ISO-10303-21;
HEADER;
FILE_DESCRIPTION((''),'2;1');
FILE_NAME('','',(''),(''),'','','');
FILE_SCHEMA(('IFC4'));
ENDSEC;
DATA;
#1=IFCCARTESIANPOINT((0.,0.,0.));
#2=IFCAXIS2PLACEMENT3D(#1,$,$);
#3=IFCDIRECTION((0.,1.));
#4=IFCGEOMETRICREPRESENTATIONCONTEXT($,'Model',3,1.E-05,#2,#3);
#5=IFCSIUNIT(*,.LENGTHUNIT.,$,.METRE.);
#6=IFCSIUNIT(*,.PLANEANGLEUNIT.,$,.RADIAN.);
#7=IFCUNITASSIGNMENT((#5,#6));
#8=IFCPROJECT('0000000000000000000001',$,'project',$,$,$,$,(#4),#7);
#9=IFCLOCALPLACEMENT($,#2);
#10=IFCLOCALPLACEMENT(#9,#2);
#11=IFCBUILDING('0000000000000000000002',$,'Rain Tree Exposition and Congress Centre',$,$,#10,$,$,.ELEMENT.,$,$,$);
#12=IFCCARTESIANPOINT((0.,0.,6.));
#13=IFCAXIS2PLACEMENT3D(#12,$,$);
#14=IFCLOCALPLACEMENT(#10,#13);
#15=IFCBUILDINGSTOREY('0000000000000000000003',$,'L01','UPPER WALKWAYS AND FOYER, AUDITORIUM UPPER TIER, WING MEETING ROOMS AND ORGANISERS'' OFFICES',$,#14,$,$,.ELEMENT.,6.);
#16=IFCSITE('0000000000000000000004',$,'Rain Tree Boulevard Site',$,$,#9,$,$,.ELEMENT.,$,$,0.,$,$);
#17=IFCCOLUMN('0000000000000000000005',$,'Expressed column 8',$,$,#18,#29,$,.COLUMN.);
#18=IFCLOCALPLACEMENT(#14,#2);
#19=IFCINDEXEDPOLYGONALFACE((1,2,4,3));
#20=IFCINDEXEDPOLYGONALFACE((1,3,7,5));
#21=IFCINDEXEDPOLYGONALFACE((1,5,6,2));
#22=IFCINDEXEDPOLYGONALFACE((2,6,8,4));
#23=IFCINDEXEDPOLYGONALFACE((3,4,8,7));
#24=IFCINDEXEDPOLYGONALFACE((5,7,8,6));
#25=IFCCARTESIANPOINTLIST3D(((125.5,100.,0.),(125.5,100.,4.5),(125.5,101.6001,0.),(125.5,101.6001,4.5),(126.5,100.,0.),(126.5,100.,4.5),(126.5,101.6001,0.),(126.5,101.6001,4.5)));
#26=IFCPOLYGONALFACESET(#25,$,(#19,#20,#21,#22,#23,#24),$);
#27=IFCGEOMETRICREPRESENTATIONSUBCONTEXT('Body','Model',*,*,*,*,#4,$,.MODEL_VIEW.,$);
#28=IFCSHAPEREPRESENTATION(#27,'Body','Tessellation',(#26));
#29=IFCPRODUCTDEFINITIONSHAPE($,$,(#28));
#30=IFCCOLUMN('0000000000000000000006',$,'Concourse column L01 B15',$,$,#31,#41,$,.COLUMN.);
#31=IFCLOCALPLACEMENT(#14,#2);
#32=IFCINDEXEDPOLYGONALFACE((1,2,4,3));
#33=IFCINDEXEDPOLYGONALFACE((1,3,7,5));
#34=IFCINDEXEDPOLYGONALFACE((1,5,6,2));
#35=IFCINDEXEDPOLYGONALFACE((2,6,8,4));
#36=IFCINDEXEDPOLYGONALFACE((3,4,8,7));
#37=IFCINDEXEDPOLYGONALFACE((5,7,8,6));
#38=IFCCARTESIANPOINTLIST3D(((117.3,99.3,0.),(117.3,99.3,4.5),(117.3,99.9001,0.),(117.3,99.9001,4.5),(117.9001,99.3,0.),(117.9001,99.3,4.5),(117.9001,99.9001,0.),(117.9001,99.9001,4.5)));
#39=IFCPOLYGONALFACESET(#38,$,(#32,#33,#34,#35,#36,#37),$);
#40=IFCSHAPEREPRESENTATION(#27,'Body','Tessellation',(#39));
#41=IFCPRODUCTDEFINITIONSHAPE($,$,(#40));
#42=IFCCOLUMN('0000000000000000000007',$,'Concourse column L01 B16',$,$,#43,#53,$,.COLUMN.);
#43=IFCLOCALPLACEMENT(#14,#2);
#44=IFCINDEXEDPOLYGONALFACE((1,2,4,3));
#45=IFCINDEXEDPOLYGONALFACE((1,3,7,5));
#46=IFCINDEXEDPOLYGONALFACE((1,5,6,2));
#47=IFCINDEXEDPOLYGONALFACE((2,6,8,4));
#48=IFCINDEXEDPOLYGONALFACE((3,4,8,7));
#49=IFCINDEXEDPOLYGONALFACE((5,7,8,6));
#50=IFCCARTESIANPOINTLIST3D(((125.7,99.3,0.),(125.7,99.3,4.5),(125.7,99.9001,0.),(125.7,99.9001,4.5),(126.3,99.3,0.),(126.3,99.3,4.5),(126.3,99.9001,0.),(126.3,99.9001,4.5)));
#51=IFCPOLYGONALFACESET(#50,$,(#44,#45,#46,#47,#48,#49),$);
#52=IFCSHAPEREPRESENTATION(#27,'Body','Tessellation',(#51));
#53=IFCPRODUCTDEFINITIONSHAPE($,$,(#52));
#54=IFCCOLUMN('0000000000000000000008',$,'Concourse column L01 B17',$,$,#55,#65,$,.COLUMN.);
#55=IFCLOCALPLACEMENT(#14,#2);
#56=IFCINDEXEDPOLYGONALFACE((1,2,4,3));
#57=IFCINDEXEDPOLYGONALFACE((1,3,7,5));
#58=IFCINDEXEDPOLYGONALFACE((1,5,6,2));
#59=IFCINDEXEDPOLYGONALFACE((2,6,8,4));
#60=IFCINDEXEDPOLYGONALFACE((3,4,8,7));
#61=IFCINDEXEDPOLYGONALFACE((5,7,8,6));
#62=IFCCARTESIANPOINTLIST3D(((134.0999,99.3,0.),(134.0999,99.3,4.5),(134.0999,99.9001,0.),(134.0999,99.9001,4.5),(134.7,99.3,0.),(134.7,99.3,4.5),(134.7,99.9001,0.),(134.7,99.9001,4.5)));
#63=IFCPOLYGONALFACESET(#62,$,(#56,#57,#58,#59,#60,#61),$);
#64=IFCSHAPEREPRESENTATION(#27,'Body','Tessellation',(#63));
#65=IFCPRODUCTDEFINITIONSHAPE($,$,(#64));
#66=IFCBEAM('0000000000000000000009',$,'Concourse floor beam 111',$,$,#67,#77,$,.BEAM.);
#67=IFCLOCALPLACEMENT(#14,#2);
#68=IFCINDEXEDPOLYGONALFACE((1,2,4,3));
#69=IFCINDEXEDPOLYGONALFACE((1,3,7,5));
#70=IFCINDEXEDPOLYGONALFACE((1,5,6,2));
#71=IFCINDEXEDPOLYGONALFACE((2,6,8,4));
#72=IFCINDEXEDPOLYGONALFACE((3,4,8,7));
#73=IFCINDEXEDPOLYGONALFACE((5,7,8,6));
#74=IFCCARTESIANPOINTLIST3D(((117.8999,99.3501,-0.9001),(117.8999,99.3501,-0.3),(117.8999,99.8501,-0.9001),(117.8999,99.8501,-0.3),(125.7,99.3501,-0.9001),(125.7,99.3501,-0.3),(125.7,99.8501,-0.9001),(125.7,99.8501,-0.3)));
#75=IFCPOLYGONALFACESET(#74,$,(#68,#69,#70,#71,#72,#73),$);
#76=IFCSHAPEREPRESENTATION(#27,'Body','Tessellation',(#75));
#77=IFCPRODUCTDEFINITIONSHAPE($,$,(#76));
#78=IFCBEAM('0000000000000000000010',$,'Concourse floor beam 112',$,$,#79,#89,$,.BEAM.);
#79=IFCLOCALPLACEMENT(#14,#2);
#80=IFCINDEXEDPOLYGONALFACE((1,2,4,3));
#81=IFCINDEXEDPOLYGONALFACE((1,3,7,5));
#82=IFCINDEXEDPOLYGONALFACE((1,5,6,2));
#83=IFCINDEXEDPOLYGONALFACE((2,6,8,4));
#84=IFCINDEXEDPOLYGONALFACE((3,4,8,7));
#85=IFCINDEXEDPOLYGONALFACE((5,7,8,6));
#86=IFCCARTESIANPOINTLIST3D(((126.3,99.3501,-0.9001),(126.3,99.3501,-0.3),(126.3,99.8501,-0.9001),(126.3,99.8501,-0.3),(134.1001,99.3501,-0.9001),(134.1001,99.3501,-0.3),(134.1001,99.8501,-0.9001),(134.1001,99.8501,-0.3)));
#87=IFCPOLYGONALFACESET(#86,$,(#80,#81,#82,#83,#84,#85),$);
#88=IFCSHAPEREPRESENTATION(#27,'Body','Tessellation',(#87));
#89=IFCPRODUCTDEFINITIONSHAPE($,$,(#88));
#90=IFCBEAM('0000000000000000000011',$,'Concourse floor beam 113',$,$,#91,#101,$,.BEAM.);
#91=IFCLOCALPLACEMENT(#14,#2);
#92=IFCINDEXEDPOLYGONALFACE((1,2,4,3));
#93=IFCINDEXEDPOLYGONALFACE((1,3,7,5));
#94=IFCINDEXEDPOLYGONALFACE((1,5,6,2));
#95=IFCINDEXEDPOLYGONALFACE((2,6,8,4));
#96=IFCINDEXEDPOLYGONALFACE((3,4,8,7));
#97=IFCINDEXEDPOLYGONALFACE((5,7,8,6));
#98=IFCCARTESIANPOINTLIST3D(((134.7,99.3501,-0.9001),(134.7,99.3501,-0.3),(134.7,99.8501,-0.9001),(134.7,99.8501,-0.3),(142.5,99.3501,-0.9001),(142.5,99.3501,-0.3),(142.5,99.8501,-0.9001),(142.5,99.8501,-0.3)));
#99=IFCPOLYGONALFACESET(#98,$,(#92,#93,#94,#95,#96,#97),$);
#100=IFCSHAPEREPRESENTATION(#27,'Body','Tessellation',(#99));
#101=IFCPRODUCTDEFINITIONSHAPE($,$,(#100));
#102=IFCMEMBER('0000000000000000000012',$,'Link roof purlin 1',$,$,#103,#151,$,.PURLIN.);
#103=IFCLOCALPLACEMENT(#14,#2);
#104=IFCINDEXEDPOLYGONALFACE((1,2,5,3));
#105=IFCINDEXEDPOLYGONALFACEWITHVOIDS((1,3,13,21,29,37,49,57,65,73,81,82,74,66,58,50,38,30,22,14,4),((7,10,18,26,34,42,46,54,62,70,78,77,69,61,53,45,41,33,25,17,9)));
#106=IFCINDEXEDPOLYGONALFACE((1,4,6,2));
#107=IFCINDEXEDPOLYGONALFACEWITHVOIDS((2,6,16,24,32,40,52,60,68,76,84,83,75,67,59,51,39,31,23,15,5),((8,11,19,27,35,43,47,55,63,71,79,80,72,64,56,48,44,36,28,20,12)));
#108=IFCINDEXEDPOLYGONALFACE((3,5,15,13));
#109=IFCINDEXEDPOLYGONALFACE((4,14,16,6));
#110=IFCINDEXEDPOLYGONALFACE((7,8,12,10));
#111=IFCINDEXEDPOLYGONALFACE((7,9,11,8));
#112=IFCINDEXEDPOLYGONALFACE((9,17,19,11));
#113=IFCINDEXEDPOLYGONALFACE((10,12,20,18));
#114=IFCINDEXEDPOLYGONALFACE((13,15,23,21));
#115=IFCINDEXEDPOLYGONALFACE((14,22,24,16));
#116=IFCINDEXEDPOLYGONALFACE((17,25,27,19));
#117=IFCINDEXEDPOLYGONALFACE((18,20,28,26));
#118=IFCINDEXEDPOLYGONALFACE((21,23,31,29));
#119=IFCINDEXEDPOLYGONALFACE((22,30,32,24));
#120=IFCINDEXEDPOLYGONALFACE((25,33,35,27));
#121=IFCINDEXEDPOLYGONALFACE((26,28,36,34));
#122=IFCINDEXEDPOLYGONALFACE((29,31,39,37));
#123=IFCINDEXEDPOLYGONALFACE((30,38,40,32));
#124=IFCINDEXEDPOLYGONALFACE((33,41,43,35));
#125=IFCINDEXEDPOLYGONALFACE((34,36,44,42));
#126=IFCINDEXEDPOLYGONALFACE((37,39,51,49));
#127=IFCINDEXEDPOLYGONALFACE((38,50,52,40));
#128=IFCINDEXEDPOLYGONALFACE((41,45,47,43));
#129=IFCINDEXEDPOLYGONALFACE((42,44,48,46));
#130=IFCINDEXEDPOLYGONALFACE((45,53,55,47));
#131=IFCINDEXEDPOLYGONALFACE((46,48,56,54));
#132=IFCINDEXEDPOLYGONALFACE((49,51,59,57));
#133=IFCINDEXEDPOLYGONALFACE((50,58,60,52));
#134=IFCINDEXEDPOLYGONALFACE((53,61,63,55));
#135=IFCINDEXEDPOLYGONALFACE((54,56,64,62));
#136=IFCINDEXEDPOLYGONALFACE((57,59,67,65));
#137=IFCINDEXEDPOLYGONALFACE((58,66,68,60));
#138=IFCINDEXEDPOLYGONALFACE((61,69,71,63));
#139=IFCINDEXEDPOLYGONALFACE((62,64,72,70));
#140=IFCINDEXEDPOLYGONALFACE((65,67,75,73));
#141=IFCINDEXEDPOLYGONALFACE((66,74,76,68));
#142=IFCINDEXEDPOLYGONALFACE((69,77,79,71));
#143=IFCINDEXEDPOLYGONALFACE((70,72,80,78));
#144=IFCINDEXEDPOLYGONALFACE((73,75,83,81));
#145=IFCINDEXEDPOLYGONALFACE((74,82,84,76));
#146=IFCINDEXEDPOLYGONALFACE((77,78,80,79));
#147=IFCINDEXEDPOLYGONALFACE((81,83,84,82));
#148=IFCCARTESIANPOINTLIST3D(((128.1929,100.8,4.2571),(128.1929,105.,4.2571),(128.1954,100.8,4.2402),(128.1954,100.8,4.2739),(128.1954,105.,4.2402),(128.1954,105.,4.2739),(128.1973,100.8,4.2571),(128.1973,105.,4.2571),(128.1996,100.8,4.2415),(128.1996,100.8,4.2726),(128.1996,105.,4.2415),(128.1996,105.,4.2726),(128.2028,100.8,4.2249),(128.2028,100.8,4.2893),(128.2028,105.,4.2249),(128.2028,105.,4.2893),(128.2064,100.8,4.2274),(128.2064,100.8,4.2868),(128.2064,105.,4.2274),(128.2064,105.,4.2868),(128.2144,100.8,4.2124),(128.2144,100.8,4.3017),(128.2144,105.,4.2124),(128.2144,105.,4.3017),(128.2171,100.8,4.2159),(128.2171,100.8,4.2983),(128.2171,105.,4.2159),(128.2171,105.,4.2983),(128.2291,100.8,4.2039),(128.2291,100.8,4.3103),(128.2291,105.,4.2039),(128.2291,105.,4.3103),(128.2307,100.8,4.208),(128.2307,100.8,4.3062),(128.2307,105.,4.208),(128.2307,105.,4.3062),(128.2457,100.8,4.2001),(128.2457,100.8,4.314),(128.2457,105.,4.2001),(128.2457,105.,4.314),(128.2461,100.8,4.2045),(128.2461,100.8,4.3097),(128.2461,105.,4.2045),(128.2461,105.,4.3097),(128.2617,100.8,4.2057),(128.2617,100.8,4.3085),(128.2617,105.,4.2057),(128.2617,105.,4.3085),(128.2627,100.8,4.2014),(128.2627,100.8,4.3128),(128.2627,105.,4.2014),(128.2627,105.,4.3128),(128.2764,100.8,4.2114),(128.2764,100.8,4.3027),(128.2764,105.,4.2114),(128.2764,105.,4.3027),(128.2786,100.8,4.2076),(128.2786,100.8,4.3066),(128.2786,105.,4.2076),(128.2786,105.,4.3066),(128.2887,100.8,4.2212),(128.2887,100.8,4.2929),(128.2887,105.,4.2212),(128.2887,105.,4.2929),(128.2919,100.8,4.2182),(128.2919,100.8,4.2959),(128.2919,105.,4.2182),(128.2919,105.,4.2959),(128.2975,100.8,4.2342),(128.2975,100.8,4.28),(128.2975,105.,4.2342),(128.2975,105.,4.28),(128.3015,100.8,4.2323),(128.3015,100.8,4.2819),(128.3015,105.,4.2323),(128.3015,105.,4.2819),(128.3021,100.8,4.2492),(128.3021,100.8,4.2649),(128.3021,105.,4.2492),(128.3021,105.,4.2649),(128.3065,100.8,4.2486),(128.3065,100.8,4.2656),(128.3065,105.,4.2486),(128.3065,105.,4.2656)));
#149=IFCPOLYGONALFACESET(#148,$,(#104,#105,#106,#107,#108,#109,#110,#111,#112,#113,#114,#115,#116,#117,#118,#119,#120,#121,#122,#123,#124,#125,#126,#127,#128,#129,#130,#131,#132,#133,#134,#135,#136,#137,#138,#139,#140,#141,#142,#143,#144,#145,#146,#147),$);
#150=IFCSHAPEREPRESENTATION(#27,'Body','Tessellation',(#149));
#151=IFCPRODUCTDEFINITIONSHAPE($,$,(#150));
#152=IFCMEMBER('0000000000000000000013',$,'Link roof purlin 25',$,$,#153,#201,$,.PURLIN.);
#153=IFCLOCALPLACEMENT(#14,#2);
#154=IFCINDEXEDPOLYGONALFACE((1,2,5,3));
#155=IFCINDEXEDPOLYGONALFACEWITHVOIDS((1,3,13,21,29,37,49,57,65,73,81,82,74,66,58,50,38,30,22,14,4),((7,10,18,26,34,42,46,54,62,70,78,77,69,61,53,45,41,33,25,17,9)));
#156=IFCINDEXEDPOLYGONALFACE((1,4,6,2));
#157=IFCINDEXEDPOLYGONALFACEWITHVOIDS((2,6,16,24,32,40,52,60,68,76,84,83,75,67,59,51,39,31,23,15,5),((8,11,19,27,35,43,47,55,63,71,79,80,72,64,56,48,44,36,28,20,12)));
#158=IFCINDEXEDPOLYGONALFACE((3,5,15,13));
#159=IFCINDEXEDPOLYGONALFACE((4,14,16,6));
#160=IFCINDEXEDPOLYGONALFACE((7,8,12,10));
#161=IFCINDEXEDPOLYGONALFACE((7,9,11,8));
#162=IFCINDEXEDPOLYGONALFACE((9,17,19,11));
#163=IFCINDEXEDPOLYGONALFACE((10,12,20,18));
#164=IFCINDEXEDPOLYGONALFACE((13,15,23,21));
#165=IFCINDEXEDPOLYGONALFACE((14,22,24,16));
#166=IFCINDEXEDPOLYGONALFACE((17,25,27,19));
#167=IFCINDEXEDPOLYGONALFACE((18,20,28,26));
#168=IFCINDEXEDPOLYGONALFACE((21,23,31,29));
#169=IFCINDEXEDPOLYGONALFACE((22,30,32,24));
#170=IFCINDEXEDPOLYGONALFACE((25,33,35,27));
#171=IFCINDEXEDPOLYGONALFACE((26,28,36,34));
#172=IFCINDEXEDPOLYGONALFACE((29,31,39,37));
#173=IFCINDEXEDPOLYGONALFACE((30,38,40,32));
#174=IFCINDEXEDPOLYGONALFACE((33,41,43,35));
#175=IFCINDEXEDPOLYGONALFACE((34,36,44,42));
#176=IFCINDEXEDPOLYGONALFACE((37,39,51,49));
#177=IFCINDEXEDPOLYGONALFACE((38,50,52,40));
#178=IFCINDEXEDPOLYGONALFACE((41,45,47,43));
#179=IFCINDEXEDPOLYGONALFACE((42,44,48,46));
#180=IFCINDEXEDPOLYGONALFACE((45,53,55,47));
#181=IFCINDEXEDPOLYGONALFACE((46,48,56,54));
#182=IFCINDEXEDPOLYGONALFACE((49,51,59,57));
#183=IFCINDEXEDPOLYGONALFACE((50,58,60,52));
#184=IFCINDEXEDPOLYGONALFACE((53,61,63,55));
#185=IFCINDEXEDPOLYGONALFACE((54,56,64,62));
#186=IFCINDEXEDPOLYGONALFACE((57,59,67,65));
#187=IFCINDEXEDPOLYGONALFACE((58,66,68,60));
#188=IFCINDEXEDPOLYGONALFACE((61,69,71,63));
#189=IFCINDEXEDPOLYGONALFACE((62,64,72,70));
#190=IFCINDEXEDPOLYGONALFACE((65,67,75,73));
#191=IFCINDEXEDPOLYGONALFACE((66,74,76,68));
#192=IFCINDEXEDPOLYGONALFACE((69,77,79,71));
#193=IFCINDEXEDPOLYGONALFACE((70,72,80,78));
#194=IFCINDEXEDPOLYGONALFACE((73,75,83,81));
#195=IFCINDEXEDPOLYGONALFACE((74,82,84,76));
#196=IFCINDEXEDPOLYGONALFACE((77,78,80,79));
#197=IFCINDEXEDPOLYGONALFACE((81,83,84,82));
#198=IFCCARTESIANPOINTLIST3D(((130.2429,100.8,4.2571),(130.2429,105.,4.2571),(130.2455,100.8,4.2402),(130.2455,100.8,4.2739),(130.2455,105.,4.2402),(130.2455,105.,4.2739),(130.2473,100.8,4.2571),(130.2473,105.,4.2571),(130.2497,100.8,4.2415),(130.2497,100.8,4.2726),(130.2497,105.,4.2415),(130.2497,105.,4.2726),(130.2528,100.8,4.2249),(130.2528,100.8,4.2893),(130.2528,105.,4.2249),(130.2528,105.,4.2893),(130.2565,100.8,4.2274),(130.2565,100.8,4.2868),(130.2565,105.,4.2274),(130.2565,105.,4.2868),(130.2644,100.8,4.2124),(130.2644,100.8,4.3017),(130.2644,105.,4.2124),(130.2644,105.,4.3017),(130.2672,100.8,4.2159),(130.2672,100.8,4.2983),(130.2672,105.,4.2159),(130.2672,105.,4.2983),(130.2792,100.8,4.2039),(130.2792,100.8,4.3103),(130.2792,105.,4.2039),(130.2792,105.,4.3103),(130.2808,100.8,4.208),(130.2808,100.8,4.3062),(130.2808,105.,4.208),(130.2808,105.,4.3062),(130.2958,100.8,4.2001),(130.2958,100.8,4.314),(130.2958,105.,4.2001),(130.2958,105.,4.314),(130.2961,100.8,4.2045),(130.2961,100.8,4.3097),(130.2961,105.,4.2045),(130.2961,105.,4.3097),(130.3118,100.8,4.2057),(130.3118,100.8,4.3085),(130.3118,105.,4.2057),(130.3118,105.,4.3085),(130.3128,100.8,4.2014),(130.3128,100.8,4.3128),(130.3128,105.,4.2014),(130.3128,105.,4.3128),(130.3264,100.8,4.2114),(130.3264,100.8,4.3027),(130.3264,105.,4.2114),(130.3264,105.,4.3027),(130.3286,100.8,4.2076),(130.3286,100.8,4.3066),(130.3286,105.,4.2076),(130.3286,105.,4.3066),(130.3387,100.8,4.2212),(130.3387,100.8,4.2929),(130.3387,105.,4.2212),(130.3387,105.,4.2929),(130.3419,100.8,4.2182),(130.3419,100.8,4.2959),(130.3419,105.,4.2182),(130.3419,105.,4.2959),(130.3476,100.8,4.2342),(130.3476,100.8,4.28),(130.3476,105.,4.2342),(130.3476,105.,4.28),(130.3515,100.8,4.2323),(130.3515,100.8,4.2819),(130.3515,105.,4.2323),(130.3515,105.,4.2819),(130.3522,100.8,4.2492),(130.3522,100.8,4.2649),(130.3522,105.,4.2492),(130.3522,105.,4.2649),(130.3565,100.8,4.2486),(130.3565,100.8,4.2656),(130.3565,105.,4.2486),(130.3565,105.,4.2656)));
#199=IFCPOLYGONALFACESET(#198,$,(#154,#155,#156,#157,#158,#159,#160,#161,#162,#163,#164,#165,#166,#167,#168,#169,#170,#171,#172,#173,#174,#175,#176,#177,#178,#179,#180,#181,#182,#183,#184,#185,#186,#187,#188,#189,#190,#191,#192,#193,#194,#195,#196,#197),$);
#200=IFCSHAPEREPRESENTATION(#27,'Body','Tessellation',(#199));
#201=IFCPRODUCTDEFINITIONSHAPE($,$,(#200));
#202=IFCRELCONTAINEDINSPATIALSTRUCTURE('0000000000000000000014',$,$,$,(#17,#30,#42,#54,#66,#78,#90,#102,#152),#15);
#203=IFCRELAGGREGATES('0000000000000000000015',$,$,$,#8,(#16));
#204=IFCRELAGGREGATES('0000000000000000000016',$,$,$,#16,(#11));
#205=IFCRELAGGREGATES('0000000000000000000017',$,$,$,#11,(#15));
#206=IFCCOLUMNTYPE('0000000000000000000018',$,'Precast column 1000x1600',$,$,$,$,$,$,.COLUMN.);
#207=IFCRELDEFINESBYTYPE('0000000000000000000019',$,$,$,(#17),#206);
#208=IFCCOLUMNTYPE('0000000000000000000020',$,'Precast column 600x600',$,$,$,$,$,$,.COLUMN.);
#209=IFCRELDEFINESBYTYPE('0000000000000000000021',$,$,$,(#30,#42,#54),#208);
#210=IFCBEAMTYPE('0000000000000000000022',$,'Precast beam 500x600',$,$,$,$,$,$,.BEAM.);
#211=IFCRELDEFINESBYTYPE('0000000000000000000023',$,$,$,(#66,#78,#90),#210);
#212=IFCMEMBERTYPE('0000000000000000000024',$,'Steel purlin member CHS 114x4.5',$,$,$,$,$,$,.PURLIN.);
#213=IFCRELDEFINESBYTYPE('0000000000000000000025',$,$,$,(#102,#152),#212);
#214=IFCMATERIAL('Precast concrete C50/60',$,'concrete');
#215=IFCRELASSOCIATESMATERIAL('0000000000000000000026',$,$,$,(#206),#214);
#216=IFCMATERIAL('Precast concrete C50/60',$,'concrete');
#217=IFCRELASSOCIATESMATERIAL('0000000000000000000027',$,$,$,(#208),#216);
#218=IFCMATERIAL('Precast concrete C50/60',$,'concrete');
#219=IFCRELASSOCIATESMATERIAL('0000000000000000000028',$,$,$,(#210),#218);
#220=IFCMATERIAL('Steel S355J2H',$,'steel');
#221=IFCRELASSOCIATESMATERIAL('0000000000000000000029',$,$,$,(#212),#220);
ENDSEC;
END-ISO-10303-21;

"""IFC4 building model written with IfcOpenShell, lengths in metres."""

from ifc_helpers import new_model, si_unit, direction, frame, origin, origin_2d, place, context, subcontext, project, spatial, rectangle, hollow_circle, extrude, material, material_profile, profile_set, type_object, element, save


model = new_model("IFC4")

# Units and contexts
model_context = context("Model", 3, precision=1e-05, world=origin(), true_north=direction((0.0, 1.0)))
body_context = subcontext(model_context, "Body", "Model", "MODEL_VIEW")
ifc_project = project(units=[si_unit("LENGTHUNIT", "METRE"), si_unit("PLANEANGLEUNIT", "RADIAN")], contexts=[model_context])

# Site, building, storey
site_placement = place(None, origin())
site = spatial("IfcSite", under=ifc_project, at=site_placement, Name="Rain Tree Boulevard Site", CompositionType="ELEMENT", RefElevation=0.0)
building_placement = place(site_placement, origin())
building = spatial("IfcBuilding", under=site, at=building_placement, Name="Rain Tree Exposition and Congress Centre", CompositionType="ELEMENT")
storey_placement = place(building_placement, frame((0.0, 0.0, 6.0)))
storey = spatial("IfcBuildingStorey", under=building, at=storey_placement, Name="L01", Description="UPPER WALKWAYS AND FOYER, AUDITORIUM UPPER TIER, WING MEETING ROOMS AND ORGANISERS' OFFICES", CompositionType="ELEMENT", Elevation=6.0)

# Columns
ifc_material_1 = material(Name="Precast concrete C50/60", Category="concrete")
ifc_material_profile_1 = material_profile(ifc_material_1, rectangle(XDim=1.0, YDim=1.6001, at=origin_2d()), Name="RC 1000x1600")
ifc_profile_set_1 = profile_set([ifc_material_profile_1], Name="Precast concrete C50/60")
column_type_1 = type_object("IfcColumnType", Name="Precast column 1000x1600", PredefinedType="COLUMN", material=ifc_profile_set_1)
column_placement = place(storey_placement, frame((126.0, 100.8, 0.0), z_axis=(0.0, 0.0, 1.0), x_axis=(1.0, 0.0, 0.0)))
element("IfcColumn", 1, at=column_placement, inside=storey, type_object=column_type_1, Name="Expressed column 8", PredefinedType="COLUMN", context=body_context, shape_type="SweptSolid", body=[
    extrude(rectangle(XDim=1.0, YDim=1.6001, at=origin_2d()), origin(), (0.0, 0.0, 1.0), 4.5),
])
ifc_material_2 = material(Name="Precast concrete C50/60", Category="concrete")
ifc_material_profile_2 = material_profile(ifc_material_2, rectangle(XDim=0.6001, YDim=0.6001, at=origin_2d()), Name="RC 600x600")
ifc_profile_set_2 = profile_set([ifc_material_profile_2], Name="Precast concrete C50/60")
column_type_2 = type_object("IfcColumnType", Name="Precast column 600x600", PredefinedType="COLUMN", material=ifc_profile_set_2)
for number, where, z_axis, x_axis, name in (
    (2, (117.6001, 99.6001, 0.0), (0.0, 0.0, 1.0), (1.0, 0.0, 0.0), "Concourse column L01 B15"),
    (3, (126.0, 99.6001, 0.0), (0.0, 0.0, 1.0), (1.0, 0.0, 0.0), "Concourse column L01 B16"),
    (4, (134.3999, 99.6001, 0.0), (0.0, 0.0, 1.0), (1.0, 0.0, 0.0), "Concourse column L01 B17"),
):
    element("IfcColumn", number, at=place(storey_placement, frame(where, z_axis=z_axis, x_axis=x_axis)), inside=storey, type_object=column_type_2, Name=name, PredefinedType="COLUMN", context=body_context, shape_type="SweptSolid", body=[
        extrude(rectangle(XDim=0.6001, YDim=0.6001, at=origin_2d()), origin(), (0.0, 0.0, 1.0), 4.5),
    ])

# Beams
ifc_material_3 = material(Name="Precast concrete C50/60", Category="concrete")
ifc_material_profile_3 = material_profile(ifc_material_3, rectangle(XDim=0.5, YDim=0.6001, at=origin_2d()), Name="RC 500x600")
ifc_profile_set_3 = profile_set([ifc_material_profile_3], Name="Precast concrete C50/60")
beam_type_1 = type_object("IfcBeamType", Name="Precast beam 500x600", PredefinedType="BEAM", material=ifc_profile_set_3)
for number, where, z_axis, x_axis, name in (
    (5, (117.8999, 99.6001, -0.6001), (1.0, 0.0, 0.0), (0.0, 1.0, 0.0), "Concourse floor beam 111"),
    (6, (126.3, 99.6001, -0.6001), (1.0, 0.0, 0.0), (0.0, 1.0, 0.0), "Concourse floor beam 112"),
    (7, (134.7, 99.6001, -0.6001), (1.0, 0.0, 0.0), (0.0, 1.0, 0.0), "Concourse floor beam 113"),
):
    element("IfcBeam", number, at=place(storey_placement, frame(where, z_axis=z_axis, x_axis=x_axis)), inside=storey, type_object=beam_type_1, Name=name, PredefinedType="BEAM", context=body_context, shape_type="SweptSolid", body=[
        extrude(rectangle(XDim=0.5, YDim=0.6001, at=origin_2d()), origin(), (0.0, 0.0, 1.0), 7.8),
    ])

# Members
ifc_material_4 = material(Name="Steel S355J2H", Category="steel")
ifc_material_profile_4 = material_profile(ifc_material_4, hollow_circle(Radius=0.0571, WallThickness=0.0044, at=origin_2d()), Name="CHS 114x4.5")
ifc_profile_set_4 = profile_set([ifc_material_profile_4], Name="Steel S355J2H")
member_type = type_object("IfcMemberType", Name="Steel purlin member CHS 114x4.5", PredefinedType="PURLIN", material=ifc_profile_set_4)
for number, where, z_axis, x_axis, name in (
    (8, (128.25, 100.8, 4.2571), (0.0, 1.0, 0.0), (-1.0, 0.0, 0.0), "Link roof purlin 1"),
    (9, (130.3, 100.8, 4.2571), (0.0, 1.0, 0.0), (-1.0, 0.0, 0.0), "Link roof purlin 25"),
):
    element("IfcMember", number, at=place(storey_placement, frame(where, z_axis=z_axis, x_axis=x_axis)), inside=storey, type_object=member_type, Name=name, PredefinedType="PURLIN", context=body_context, shape_type="SweptSolid", body=[
        extrude(hollow_circle(Radius=0.0571, WallThickness=0.0044, at=origin_2d()), origin(), (0.0, 0.0, 1.0), 4.2),
    ])

save(model, "model.ifc")
